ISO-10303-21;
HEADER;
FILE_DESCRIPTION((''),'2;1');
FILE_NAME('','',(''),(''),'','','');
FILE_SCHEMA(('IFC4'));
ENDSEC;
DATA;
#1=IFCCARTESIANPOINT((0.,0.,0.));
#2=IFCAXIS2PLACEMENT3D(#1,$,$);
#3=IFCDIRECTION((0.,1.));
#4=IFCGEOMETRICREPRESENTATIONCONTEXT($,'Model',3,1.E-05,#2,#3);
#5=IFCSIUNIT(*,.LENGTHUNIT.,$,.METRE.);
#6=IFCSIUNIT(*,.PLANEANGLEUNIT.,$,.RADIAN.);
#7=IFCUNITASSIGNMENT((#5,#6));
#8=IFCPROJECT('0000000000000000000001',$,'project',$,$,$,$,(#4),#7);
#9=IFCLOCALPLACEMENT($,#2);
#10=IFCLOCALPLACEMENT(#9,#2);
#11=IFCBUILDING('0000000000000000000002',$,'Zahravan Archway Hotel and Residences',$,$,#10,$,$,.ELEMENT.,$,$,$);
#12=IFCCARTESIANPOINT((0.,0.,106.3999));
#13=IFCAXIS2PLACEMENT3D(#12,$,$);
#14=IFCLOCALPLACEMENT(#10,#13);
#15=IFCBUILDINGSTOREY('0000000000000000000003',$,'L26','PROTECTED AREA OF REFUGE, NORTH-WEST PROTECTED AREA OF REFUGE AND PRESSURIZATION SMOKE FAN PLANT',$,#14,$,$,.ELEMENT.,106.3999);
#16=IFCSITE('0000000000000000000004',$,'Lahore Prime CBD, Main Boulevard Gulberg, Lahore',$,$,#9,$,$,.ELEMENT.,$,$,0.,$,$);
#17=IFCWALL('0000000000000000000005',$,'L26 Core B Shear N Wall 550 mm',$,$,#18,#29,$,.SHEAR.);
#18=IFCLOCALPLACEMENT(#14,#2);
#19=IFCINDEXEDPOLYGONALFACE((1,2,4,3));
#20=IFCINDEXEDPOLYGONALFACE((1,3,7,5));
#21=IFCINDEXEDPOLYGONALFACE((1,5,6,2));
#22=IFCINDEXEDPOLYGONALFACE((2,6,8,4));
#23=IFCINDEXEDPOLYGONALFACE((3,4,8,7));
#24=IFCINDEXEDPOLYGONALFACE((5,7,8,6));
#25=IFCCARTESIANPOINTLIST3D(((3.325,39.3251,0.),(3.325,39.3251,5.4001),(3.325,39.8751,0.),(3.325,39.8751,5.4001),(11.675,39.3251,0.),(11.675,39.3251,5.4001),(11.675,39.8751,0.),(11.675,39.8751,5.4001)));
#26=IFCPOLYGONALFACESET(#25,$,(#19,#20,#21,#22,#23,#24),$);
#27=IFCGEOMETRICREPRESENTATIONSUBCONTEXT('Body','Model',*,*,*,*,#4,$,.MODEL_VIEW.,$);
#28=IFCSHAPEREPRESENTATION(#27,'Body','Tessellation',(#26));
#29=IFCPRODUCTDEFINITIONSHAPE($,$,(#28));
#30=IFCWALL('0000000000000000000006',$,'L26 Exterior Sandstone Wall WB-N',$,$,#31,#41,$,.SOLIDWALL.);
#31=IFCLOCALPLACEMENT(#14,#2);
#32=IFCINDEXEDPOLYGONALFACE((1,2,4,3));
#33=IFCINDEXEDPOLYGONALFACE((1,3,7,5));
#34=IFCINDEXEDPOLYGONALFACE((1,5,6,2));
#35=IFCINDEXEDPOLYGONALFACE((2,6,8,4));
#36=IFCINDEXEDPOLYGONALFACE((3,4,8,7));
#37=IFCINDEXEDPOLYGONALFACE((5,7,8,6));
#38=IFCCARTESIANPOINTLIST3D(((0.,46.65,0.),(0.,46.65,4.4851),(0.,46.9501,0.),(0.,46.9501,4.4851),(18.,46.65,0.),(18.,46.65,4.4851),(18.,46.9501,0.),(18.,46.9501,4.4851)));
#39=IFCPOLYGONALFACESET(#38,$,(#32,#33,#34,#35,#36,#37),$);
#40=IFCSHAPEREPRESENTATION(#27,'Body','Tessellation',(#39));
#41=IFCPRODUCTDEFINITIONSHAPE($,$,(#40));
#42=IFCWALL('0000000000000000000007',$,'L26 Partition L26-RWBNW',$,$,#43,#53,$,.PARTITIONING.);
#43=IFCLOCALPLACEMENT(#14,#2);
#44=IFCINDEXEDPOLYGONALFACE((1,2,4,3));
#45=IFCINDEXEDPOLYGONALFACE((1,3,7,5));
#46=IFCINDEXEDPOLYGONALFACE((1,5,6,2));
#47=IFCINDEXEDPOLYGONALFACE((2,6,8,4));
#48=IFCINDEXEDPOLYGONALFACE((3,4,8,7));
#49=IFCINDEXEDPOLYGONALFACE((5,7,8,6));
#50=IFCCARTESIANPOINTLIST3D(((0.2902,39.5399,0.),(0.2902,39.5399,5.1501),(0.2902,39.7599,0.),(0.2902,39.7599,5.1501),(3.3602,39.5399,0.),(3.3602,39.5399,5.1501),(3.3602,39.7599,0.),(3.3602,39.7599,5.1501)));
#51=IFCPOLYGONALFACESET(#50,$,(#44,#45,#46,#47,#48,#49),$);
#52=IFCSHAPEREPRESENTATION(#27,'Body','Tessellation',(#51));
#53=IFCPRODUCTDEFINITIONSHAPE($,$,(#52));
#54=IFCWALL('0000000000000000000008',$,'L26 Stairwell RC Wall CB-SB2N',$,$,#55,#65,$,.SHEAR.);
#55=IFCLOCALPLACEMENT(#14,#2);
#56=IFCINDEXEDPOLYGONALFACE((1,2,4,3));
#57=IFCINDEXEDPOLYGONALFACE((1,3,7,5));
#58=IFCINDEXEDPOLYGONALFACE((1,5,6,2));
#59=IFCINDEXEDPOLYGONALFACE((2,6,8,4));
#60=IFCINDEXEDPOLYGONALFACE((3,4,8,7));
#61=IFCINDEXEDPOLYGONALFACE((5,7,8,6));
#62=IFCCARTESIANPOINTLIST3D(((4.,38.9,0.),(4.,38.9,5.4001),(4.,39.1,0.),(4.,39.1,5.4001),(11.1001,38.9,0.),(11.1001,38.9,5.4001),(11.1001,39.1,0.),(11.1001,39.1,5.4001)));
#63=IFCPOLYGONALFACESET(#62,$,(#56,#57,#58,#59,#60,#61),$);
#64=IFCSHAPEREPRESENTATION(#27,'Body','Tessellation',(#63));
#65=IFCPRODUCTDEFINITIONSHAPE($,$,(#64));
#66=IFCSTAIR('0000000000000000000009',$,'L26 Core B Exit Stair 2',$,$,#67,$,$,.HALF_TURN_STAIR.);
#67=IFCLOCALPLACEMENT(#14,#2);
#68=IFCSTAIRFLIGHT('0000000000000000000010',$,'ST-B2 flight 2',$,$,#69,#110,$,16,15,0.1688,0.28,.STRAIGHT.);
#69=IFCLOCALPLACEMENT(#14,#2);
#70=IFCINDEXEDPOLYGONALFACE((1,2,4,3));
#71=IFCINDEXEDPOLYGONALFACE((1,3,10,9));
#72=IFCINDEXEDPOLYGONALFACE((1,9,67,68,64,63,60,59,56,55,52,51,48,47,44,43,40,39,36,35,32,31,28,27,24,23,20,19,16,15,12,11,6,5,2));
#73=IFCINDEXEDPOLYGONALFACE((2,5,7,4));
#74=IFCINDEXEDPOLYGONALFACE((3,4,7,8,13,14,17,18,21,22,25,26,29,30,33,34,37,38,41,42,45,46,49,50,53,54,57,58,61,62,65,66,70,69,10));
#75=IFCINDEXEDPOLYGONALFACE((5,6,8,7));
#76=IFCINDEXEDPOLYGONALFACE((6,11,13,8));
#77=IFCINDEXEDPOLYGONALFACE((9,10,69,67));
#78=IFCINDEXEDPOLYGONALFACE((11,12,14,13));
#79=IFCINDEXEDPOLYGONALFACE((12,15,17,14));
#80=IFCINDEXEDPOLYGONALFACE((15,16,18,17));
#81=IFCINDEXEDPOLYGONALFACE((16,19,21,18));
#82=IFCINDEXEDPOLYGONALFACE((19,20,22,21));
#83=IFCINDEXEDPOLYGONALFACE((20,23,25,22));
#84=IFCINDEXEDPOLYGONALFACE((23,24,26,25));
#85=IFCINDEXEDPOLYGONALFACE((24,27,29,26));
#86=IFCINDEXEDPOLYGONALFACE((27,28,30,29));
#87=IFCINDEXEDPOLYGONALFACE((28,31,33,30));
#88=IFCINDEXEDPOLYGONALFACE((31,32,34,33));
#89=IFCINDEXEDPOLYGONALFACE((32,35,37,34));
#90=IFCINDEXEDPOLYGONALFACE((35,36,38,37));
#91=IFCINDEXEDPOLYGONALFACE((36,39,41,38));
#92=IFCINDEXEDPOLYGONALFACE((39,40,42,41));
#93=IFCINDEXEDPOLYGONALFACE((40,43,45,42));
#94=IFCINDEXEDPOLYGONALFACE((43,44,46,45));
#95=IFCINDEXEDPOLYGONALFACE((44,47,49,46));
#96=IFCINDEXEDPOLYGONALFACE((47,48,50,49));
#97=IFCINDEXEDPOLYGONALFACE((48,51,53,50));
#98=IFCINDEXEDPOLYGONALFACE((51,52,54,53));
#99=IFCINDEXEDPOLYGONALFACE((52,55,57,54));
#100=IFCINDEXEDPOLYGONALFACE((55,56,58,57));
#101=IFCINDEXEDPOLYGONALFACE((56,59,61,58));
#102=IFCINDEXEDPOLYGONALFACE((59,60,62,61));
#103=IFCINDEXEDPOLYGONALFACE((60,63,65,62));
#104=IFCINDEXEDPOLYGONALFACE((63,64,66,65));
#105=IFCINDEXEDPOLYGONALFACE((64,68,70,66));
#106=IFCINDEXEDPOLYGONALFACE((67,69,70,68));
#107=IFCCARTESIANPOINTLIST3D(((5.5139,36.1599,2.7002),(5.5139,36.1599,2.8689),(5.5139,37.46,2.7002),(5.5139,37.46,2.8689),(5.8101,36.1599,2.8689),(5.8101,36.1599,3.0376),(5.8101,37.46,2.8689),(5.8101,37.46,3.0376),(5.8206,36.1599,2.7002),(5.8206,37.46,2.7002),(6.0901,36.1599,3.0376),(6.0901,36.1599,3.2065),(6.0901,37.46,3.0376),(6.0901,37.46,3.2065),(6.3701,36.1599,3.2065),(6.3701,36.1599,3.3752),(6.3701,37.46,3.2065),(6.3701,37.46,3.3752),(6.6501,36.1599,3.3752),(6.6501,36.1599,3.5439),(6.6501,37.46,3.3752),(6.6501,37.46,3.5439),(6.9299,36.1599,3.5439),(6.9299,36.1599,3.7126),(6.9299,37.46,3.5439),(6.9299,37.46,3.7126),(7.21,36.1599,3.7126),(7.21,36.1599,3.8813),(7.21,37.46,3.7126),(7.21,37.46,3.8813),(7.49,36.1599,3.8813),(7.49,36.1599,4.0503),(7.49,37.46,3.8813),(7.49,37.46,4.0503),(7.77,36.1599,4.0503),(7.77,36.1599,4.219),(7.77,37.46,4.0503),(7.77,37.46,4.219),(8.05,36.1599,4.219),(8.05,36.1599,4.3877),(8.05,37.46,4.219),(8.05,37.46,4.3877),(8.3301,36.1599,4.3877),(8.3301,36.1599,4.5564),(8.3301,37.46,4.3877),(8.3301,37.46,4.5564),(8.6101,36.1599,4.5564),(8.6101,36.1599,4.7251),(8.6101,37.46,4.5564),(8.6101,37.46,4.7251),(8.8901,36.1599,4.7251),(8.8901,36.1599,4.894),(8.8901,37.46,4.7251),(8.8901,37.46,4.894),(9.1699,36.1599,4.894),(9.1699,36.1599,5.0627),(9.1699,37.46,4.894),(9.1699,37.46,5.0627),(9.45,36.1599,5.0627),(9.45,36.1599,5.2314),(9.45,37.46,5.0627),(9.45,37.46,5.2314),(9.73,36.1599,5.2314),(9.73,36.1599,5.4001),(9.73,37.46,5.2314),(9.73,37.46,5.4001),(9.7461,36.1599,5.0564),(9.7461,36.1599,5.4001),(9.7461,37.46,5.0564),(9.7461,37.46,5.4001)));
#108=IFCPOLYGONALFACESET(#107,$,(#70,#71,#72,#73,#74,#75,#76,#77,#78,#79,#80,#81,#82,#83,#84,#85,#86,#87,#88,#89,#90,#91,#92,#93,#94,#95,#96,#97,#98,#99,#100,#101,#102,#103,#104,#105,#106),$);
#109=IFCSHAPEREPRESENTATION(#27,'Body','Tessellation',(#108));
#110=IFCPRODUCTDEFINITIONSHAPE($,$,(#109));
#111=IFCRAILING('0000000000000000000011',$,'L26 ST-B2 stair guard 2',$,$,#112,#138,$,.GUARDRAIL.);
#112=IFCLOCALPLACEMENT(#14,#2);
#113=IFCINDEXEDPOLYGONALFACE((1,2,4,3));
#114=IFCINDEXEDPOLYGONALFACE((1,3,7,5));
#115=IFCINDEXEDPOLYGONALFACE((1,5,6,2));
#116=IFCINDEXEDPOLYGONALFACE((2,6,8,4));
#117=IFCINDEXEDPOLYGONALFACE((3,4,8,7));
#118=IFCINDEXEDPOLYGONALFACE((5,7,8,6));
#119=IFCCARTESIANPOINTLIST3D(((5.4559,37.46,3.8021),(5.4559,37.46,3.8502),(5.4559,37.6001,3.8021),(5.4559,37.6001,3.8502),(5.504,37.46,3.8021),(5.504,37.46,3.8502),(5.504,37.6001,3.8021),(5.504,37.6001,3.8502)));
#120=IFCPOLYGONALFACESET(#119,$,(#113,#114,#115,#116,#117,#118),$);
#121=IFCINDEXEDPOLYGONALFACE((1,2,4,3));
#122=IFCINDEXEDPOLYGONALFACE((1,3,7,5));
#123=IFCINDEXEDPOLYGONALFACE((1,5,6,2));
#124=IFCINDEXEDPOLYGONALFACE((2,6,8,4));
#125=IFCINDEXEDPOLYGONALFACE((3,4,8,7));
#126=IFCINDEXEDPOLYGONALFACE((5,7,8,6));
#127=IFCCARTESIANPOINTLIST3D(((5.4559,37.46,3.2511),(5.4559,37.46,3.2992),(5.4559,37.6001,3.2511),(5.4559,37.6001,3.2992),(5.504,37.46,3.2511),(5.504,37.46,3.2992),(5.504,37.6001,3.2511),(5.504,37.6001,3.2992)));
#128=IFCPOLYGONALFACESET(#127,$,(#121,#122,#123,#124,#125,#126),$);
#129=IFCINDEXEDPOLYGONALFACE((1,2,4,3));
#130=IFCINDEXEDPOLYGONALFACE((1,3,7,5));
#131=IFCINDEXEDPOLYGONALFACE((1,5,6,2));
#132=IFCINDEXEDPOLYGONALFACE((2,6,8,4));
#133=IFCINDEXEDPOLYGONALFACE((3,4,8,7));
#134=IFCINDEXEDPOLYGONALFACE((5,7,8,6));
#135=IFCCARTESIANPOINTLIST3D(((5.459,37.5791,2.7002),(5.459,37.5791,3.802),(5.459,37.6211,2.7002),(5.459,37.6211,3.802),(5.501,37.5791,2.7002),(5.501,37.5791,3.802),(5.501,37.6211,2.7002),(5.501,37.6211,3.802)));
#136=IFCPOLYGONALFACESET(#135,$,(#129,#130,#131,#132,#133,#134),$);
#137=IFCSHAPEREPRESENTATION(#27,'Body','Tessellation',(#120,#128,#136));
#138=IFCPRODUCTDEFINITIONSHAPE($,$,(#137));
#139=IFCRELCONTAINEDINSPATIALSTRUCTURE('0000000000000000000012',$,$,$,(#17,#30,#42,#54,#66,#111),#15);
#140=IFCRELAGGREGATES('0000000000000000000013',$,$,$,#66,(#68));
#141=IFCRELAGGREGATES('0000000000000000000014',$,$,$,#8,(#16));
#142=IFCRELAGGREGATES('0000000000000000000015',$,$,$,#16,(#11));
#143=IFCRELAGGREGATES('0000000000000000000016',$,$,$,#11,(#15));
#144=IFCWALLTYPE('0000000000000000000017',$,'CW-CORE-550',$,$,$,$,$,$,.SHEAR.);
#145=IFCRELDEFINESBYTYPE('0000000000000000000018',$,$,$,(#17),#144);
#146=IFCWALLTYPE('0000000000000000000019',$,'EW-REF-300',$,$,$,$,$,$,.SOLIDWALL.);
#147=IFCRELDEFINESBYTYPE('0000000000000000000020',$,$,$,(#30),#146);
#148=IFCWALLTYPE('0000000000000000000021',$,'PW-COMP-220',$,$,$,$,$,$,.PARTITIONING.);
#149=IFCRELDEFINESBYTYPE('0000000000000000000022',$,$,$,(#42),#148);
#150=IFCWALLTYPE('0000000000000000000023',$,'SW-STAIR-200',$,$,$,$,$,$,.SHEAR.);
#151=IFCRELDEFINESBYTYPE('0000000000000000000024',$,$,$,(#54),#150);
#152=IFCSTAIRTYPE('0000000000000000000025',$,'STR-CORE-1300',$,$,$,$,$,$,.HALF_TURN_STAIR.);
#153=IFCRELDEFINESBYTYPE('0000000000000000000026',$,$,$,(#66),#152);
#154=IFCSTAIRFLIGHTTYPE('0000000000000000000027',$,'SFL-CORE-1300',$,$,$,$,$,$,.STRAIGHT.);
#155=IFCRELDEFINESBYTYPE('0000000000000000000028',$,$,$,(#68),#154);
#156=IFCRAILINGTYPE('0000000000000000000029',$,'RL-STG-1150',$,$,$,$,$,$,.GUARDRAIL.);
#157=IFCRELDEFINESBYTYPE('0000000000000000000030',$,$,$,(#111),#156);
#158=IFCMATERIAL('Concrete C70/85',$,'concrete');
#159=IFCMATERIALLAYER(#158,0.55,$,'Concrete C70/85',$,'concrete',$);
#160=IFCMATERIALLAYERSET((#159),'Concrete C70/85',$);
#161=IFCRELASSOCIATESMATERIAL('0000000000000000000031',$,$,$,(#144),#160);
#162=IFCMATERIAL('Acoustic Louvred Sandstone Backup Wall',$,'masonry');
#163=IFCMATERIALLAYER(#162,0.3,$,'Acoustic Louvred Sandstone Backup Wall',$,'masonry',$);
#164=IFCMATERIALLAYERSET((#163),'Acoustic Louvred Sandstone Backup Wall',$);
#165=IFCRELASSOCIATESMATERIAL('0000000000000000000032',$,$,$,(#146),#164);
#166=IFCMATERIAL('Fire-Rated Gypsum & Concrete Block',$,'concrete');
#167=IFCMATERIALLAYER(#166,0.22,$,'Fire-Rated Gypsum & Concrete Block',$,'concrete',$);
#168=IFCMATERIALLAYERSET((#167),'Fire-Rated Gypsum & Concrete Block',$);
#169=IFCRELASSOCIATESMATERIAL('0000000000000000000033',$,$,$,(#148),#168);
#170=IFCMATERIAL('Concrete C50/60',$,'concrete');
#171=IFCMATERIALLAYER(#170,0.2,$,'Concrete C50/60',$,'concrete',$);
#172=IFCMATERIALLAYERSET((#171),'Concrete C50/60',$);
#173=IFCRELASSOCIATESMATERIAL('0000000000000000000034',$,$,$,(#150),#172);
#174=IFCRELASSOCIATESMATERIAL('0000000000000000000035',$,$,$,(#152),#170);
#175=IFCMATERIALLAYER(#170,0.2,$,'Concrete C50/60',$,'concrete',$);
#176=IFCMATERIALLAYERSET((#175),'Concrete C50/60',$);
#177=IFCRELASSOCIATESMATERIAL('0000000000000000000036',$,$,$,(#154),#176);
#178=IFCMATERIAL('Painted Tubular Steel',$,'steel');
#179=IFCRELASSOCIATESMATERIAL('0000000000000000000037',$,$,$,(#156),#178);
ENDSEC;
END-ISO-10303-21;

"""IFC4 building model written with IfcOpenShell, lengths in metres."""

from ifc_helpers import new_model, si_unit, direction, frame, frame_2d, origin, origin_2d, place, context, subcontext, project, spatial, polyline, rectangle, outline, extrude, source, transform, mapped, material, layer, layer_set, type_object, element, aggregate, save


model = new_model("IFC4")

# Units and contexts
model_context = context("Model", 3, precision=1e-05, world=origin(), true_north=direction((0.0, 1.0)))
body_context = subcontext(model_context, "Body", "Model", "MODEL_VIEW")
ifc_project = project(units=[si_unit("LENGTHUNIT", "METRE"), si_unit("PLANEANGLEUNIT", "RADIAN")], contexts=[model_context])

# Site, building, storey
site_placement = place(None, origin())
site = spatial("IfcSite", under=ifc_project, at=site_placement, Name="Lahore Prime CBD, Main Boulevard Gulberg, Lahore", CompositionType="ELEMENT", RefElevation=0.0)
building_placement = place(site_placement, origin())
building = spatial("IfcBuilding", under=site, at=building_placement, Name="Zahravan Archway Hotel and Residences", CompositionType="ELEMENT")
storey_placement = place(building_placement, frame((0.0, 0.0, 106.3999)))
storey = spatial("IfcBuildingStorey", under=building, at=storey_placement, Name="L26", Description="PROTECTED AREA OF REFUGE, NORTH-WEST PROTECTED AREA OF REFUGE AND PRESSURIZATION SMOKE FAN PLANT", CompositionType="ELEMENT", Elevation=106.3999)

# Shared definitions
ifc_material_1 = material(Name="Concrete C70/85", Category="concrete")

# Walls
ifc_layer_1 = layer(ifc_material_1, 0.55, Name="Concrete C70/85", Category="concrete")
ifc_layer_set_1 = layer_set([ifc_layer_1], Name="Concrete C70/85")
wall_type_1 = type_object("IfcWallType", Name="CW-CORE-550", PredefinedType="SHEAR", material=ifc_layer_set_1)
wall_1_placement = place(storey_placement, frame((3.325, 39.6001, 0.0), z_axis=(0.0, 0.0, 1.0), x_axis=(1.0, 0.0, 0.0)))
element("IfcWall", 1, at=wall_1_placement, inside=storey, type_object=wall_type_1, Name="L26 Core B Shear N Wall 550 mm", PredefinedType="SHEAR", context=body_context, shape_type="SweptSolid", body=[
    extrude(rectangle(XDim=8.3501, YDim=0.55, at=frame_2d((4.175, 0.0))), origin(), (0.0, 0.0, 1.0), 5.4001),
])
ifc_material_2 = material(Name="Acoustic Louvred Sandstone Backup Wall", Category="masonry")
ifc_layer_2 = layer(ifc_material_2, 0.3, Name="Acoustic Louvred Sandstone Backup Wall", Category="masonry")
ifc_layer_set_2 = layer_set([ifc_layer_2], Name="Acoustic Louvred Sandstone Backup Wall")
wall_type_2 = type_object("IfcWallType", Name="EW-REF-300", PredefinedType="SOLIDWALL", material=ifc_layer_set_2)
wall_2_placement = place(storey_placement, frame((0.0, 46.8, 0.0), z_axis=(0.0, 0.0, 1.0), x_axis=(1.0, 0.0, 0.0)))
element("IfcWall", 2, at=wall_2_placement, inside=storey, type_object=wall_type_2, Name="L26 Exterior Sandstone Wall WB-N", PredefinedType="SOLIDWALL", context=body_context, shape_type="SweptSolid", body=[
    extrude(rectangle(XDim=18.0, YDim=0.3, at=frame_2d((9.0, 0.0))), origin(), (0.0, 0.0, 1.0), 4.4851),
])
ifc_material_3 = material(Name="Fire-Rated Gypsum & Concrete Block", Category="concrete")
ifc_layer_3 = layer(ifc_material_3, 0.22, Name="Fire-Rated Gypsum & Concrete Block", Category="concrete")
ifc_layer_set_3 = layer_set([ifc_layer_3], Name="Fire-Rated Gypsum & Concrete Block")
wall_type_3 = type_object("IfcWallType", Name="PW-COMP-220", PredefinedType="PARTITIONING", material=ifc_layer_set_3)
wall_3_placement = place(storey_placement, frame((0.29, 39.6499, 0.0), z_axis=(0.0, 0.0, 1.0), x_axis=(1.0, 0.0, 0.0)))
element("IfcWall", 3, at=wall_3_placement, inside=storey, type_object=wall_type_3, Name="L26 Partition L26-RWBNW", PredefinedType="PARTITIONING", context=body_context, shape_type="SweptSolid", body=[
    extrude(rectangle(XDim=3.0701, YDim=0.22, at=frame_2d((1.5352, 0.0))), origin(), (0.0, 0.0, 1.0), 5.1501),
])
ifc_material_4 = material(Name="Concrete C50/60", Category="concrete")
ifc_layer_4 = layer(ifc_material_4, 0.2, Name="Concrete C50/60", Category="concrete")
ifc_layer_set_4 = layer_set([ifc_layer_4], Name="Concrete C50/60")
wall_type_4 = type_object("IfcWallType", Name="SW-STAIR-200", PredefinedType="SHEAR", material=ifc_layer_set_4)
wall_4_placement = place(storey_placement, frame((4.0, 39.0, 0.0), z_axis=(0.0, 0.0, 1.0), x_axis=(1.0, 0.0, 0.0)))
element("IfcWall", 4, at=wall_4_placement, inside=storey, type_object=wall_type_4, Name="L26 Stairwell RC Wall CB-SB2N", PredefinedType="SHEAR", context=body_context, shape_type="SweptSolid", body=[
    extrude(rectangle(XDim=7.1001, YDim=0.2, at=frame_2d((3.55, 0.0))), origin(), (0.0, 0.0, 1.0), 5.4001),
])

# Stair, stair flight
stair_type = type_object("IfcStairType", Name="STR-CORE-1300", PredefinedType="HALF_TURN_STAIR", material=ifc_material_4)
stair_placement = place(storey_placement, origin())
stair = element("IfcStair", 5, at=stair_placement, inside=storey, type_object=stair_type, Name="L26 Core B Exit Stair 2", PredefinedType="HALF_TURN_STAIR")
ifc_layer_5 = layer(ifc_material_4, 0.2, Name="Concrete C50/60", Category="concrete")
ifc_layer_set_5 = layer_set([ifc_layer_5], Name="Concrete C50/60")
stair_flight_type = type_object("IfcStairFlightType", Name="SFL-CORE-1300", PredefinedType="STRAIGHT", material=ifc_layer_set_5)
shared_shape_1 = source(origin(), body_context, "Body", "SweptSolid", [
    extrude(outline(polyline([(-0.0161, 0.0), (-0.0161, 0.1687), (0.28, 0.1687), (0.28, 0.3374), (0.5601, 0.3374), (0.5601, 0.5063), (0.8401, 0.5063), (0.8401, 0.675), (1.1201, 0.675), (1.1201, 0.8438), (1.3999, 0.8438), (1.3999, 1.0125), (1.6799, 1.0125), (1.6799, 1.1812), (1.96, 1.1812), (1.96, 1.3501), (2.24, 1.3501), (2.24, 1.5188), (2.52, 1.5188), (2.52, 1.6875), (2.8, 1.6875), (2.8, 1.8562), (3.0801, 1.8562), (3.0801, 2.0249), (3.3601, 2.0249), (3.3601, 2.1938), (3.6399, 2.1938), (3.6399, 2.3625), (3.9199, 2.3625), (3.9199, 2.5312), (4.2, 2.5312), (4.2, 2.7), (4.2161, 2.7), (4.2161, 2.3562), (0.2905, 0.0), (-0.0161, 0.0)])), frame((0.0, 0.6499, 0.0), z_axis=(0.0, -1.0, 0.0), x_axis=(1.0, 0.0, 0.0)), (0.0, 0.0, 1.0), 1.3),
])
stair_flight_placement = place(storey_placement, frame((5.53, 36.8101, 2.7002), z_axis=(0.0, 0.0, 1.0), x_axis=(1.0, 0.0, 0.0)))
stair_flight = element("IfcStairFlight", 6, at=stair_flight_placement, type_object=stair_flight_type, Name="ST-B2 flight 2", NumberOfRisers=16, NumberOfTreads=15, PredefinedType="STRAIGHT", RiserHeight=0.1688, TreadLength=0.28, context=body_context, shape_type="MappedRepresentation", body=[
    mapped(shared_shape_1, transform((0.0, 0.0, 0.0), scale=1.0)),
])
aggregate(stair, [stair_flight])

# Railing
ifc_material_5 = material(Name="Painted Tubular Steel", Category="steel")
railing_type_1 = type_object("IfcRailingType", Name="RL-STG-1150", PredefinedType="GUARDRAIL", material=ifc_material_5)
railing_1_placement = place(storey_placement, frame((5.48, 37.6001, 2.7002)))
element("IfcRailing", 7, at=railing_1_placement, inside=storey, type_object=railing_type_1, Name="L26 ST-B2 stair guard 2", PredefinedType="GUARDRAIL", context=body_context, shape_type="SweptSolid", body=[
    extrude(rectangle(XDim=0.0481, YDim=0.0481, at=origin_2d()), frame((0.0, 0.0, 1.126), z_axis=(0.0, -1.0, 0.0), x_axis=(1.0, 0.0, 0.0)), (0.0, 0.0, 1.0), 0.1401),
    extrude(rectangle(XDim=0.0481, YDim=0.0481, at=origin_2d()), frame((0.0, 0.0, 0.575), z_axis=(0.0, -1.0, 0.0), x_axis=(1.0, 0.0, 0.0)), (0.0, 0.0, 1.0), 0.1401),
    extrude(rectangle(XDim=0.042, YDim=0.042, at=origin_2d()), origin(), (0.0, 0.0, 1.0), 1.1018),
])

save(model, "model.ifc")
